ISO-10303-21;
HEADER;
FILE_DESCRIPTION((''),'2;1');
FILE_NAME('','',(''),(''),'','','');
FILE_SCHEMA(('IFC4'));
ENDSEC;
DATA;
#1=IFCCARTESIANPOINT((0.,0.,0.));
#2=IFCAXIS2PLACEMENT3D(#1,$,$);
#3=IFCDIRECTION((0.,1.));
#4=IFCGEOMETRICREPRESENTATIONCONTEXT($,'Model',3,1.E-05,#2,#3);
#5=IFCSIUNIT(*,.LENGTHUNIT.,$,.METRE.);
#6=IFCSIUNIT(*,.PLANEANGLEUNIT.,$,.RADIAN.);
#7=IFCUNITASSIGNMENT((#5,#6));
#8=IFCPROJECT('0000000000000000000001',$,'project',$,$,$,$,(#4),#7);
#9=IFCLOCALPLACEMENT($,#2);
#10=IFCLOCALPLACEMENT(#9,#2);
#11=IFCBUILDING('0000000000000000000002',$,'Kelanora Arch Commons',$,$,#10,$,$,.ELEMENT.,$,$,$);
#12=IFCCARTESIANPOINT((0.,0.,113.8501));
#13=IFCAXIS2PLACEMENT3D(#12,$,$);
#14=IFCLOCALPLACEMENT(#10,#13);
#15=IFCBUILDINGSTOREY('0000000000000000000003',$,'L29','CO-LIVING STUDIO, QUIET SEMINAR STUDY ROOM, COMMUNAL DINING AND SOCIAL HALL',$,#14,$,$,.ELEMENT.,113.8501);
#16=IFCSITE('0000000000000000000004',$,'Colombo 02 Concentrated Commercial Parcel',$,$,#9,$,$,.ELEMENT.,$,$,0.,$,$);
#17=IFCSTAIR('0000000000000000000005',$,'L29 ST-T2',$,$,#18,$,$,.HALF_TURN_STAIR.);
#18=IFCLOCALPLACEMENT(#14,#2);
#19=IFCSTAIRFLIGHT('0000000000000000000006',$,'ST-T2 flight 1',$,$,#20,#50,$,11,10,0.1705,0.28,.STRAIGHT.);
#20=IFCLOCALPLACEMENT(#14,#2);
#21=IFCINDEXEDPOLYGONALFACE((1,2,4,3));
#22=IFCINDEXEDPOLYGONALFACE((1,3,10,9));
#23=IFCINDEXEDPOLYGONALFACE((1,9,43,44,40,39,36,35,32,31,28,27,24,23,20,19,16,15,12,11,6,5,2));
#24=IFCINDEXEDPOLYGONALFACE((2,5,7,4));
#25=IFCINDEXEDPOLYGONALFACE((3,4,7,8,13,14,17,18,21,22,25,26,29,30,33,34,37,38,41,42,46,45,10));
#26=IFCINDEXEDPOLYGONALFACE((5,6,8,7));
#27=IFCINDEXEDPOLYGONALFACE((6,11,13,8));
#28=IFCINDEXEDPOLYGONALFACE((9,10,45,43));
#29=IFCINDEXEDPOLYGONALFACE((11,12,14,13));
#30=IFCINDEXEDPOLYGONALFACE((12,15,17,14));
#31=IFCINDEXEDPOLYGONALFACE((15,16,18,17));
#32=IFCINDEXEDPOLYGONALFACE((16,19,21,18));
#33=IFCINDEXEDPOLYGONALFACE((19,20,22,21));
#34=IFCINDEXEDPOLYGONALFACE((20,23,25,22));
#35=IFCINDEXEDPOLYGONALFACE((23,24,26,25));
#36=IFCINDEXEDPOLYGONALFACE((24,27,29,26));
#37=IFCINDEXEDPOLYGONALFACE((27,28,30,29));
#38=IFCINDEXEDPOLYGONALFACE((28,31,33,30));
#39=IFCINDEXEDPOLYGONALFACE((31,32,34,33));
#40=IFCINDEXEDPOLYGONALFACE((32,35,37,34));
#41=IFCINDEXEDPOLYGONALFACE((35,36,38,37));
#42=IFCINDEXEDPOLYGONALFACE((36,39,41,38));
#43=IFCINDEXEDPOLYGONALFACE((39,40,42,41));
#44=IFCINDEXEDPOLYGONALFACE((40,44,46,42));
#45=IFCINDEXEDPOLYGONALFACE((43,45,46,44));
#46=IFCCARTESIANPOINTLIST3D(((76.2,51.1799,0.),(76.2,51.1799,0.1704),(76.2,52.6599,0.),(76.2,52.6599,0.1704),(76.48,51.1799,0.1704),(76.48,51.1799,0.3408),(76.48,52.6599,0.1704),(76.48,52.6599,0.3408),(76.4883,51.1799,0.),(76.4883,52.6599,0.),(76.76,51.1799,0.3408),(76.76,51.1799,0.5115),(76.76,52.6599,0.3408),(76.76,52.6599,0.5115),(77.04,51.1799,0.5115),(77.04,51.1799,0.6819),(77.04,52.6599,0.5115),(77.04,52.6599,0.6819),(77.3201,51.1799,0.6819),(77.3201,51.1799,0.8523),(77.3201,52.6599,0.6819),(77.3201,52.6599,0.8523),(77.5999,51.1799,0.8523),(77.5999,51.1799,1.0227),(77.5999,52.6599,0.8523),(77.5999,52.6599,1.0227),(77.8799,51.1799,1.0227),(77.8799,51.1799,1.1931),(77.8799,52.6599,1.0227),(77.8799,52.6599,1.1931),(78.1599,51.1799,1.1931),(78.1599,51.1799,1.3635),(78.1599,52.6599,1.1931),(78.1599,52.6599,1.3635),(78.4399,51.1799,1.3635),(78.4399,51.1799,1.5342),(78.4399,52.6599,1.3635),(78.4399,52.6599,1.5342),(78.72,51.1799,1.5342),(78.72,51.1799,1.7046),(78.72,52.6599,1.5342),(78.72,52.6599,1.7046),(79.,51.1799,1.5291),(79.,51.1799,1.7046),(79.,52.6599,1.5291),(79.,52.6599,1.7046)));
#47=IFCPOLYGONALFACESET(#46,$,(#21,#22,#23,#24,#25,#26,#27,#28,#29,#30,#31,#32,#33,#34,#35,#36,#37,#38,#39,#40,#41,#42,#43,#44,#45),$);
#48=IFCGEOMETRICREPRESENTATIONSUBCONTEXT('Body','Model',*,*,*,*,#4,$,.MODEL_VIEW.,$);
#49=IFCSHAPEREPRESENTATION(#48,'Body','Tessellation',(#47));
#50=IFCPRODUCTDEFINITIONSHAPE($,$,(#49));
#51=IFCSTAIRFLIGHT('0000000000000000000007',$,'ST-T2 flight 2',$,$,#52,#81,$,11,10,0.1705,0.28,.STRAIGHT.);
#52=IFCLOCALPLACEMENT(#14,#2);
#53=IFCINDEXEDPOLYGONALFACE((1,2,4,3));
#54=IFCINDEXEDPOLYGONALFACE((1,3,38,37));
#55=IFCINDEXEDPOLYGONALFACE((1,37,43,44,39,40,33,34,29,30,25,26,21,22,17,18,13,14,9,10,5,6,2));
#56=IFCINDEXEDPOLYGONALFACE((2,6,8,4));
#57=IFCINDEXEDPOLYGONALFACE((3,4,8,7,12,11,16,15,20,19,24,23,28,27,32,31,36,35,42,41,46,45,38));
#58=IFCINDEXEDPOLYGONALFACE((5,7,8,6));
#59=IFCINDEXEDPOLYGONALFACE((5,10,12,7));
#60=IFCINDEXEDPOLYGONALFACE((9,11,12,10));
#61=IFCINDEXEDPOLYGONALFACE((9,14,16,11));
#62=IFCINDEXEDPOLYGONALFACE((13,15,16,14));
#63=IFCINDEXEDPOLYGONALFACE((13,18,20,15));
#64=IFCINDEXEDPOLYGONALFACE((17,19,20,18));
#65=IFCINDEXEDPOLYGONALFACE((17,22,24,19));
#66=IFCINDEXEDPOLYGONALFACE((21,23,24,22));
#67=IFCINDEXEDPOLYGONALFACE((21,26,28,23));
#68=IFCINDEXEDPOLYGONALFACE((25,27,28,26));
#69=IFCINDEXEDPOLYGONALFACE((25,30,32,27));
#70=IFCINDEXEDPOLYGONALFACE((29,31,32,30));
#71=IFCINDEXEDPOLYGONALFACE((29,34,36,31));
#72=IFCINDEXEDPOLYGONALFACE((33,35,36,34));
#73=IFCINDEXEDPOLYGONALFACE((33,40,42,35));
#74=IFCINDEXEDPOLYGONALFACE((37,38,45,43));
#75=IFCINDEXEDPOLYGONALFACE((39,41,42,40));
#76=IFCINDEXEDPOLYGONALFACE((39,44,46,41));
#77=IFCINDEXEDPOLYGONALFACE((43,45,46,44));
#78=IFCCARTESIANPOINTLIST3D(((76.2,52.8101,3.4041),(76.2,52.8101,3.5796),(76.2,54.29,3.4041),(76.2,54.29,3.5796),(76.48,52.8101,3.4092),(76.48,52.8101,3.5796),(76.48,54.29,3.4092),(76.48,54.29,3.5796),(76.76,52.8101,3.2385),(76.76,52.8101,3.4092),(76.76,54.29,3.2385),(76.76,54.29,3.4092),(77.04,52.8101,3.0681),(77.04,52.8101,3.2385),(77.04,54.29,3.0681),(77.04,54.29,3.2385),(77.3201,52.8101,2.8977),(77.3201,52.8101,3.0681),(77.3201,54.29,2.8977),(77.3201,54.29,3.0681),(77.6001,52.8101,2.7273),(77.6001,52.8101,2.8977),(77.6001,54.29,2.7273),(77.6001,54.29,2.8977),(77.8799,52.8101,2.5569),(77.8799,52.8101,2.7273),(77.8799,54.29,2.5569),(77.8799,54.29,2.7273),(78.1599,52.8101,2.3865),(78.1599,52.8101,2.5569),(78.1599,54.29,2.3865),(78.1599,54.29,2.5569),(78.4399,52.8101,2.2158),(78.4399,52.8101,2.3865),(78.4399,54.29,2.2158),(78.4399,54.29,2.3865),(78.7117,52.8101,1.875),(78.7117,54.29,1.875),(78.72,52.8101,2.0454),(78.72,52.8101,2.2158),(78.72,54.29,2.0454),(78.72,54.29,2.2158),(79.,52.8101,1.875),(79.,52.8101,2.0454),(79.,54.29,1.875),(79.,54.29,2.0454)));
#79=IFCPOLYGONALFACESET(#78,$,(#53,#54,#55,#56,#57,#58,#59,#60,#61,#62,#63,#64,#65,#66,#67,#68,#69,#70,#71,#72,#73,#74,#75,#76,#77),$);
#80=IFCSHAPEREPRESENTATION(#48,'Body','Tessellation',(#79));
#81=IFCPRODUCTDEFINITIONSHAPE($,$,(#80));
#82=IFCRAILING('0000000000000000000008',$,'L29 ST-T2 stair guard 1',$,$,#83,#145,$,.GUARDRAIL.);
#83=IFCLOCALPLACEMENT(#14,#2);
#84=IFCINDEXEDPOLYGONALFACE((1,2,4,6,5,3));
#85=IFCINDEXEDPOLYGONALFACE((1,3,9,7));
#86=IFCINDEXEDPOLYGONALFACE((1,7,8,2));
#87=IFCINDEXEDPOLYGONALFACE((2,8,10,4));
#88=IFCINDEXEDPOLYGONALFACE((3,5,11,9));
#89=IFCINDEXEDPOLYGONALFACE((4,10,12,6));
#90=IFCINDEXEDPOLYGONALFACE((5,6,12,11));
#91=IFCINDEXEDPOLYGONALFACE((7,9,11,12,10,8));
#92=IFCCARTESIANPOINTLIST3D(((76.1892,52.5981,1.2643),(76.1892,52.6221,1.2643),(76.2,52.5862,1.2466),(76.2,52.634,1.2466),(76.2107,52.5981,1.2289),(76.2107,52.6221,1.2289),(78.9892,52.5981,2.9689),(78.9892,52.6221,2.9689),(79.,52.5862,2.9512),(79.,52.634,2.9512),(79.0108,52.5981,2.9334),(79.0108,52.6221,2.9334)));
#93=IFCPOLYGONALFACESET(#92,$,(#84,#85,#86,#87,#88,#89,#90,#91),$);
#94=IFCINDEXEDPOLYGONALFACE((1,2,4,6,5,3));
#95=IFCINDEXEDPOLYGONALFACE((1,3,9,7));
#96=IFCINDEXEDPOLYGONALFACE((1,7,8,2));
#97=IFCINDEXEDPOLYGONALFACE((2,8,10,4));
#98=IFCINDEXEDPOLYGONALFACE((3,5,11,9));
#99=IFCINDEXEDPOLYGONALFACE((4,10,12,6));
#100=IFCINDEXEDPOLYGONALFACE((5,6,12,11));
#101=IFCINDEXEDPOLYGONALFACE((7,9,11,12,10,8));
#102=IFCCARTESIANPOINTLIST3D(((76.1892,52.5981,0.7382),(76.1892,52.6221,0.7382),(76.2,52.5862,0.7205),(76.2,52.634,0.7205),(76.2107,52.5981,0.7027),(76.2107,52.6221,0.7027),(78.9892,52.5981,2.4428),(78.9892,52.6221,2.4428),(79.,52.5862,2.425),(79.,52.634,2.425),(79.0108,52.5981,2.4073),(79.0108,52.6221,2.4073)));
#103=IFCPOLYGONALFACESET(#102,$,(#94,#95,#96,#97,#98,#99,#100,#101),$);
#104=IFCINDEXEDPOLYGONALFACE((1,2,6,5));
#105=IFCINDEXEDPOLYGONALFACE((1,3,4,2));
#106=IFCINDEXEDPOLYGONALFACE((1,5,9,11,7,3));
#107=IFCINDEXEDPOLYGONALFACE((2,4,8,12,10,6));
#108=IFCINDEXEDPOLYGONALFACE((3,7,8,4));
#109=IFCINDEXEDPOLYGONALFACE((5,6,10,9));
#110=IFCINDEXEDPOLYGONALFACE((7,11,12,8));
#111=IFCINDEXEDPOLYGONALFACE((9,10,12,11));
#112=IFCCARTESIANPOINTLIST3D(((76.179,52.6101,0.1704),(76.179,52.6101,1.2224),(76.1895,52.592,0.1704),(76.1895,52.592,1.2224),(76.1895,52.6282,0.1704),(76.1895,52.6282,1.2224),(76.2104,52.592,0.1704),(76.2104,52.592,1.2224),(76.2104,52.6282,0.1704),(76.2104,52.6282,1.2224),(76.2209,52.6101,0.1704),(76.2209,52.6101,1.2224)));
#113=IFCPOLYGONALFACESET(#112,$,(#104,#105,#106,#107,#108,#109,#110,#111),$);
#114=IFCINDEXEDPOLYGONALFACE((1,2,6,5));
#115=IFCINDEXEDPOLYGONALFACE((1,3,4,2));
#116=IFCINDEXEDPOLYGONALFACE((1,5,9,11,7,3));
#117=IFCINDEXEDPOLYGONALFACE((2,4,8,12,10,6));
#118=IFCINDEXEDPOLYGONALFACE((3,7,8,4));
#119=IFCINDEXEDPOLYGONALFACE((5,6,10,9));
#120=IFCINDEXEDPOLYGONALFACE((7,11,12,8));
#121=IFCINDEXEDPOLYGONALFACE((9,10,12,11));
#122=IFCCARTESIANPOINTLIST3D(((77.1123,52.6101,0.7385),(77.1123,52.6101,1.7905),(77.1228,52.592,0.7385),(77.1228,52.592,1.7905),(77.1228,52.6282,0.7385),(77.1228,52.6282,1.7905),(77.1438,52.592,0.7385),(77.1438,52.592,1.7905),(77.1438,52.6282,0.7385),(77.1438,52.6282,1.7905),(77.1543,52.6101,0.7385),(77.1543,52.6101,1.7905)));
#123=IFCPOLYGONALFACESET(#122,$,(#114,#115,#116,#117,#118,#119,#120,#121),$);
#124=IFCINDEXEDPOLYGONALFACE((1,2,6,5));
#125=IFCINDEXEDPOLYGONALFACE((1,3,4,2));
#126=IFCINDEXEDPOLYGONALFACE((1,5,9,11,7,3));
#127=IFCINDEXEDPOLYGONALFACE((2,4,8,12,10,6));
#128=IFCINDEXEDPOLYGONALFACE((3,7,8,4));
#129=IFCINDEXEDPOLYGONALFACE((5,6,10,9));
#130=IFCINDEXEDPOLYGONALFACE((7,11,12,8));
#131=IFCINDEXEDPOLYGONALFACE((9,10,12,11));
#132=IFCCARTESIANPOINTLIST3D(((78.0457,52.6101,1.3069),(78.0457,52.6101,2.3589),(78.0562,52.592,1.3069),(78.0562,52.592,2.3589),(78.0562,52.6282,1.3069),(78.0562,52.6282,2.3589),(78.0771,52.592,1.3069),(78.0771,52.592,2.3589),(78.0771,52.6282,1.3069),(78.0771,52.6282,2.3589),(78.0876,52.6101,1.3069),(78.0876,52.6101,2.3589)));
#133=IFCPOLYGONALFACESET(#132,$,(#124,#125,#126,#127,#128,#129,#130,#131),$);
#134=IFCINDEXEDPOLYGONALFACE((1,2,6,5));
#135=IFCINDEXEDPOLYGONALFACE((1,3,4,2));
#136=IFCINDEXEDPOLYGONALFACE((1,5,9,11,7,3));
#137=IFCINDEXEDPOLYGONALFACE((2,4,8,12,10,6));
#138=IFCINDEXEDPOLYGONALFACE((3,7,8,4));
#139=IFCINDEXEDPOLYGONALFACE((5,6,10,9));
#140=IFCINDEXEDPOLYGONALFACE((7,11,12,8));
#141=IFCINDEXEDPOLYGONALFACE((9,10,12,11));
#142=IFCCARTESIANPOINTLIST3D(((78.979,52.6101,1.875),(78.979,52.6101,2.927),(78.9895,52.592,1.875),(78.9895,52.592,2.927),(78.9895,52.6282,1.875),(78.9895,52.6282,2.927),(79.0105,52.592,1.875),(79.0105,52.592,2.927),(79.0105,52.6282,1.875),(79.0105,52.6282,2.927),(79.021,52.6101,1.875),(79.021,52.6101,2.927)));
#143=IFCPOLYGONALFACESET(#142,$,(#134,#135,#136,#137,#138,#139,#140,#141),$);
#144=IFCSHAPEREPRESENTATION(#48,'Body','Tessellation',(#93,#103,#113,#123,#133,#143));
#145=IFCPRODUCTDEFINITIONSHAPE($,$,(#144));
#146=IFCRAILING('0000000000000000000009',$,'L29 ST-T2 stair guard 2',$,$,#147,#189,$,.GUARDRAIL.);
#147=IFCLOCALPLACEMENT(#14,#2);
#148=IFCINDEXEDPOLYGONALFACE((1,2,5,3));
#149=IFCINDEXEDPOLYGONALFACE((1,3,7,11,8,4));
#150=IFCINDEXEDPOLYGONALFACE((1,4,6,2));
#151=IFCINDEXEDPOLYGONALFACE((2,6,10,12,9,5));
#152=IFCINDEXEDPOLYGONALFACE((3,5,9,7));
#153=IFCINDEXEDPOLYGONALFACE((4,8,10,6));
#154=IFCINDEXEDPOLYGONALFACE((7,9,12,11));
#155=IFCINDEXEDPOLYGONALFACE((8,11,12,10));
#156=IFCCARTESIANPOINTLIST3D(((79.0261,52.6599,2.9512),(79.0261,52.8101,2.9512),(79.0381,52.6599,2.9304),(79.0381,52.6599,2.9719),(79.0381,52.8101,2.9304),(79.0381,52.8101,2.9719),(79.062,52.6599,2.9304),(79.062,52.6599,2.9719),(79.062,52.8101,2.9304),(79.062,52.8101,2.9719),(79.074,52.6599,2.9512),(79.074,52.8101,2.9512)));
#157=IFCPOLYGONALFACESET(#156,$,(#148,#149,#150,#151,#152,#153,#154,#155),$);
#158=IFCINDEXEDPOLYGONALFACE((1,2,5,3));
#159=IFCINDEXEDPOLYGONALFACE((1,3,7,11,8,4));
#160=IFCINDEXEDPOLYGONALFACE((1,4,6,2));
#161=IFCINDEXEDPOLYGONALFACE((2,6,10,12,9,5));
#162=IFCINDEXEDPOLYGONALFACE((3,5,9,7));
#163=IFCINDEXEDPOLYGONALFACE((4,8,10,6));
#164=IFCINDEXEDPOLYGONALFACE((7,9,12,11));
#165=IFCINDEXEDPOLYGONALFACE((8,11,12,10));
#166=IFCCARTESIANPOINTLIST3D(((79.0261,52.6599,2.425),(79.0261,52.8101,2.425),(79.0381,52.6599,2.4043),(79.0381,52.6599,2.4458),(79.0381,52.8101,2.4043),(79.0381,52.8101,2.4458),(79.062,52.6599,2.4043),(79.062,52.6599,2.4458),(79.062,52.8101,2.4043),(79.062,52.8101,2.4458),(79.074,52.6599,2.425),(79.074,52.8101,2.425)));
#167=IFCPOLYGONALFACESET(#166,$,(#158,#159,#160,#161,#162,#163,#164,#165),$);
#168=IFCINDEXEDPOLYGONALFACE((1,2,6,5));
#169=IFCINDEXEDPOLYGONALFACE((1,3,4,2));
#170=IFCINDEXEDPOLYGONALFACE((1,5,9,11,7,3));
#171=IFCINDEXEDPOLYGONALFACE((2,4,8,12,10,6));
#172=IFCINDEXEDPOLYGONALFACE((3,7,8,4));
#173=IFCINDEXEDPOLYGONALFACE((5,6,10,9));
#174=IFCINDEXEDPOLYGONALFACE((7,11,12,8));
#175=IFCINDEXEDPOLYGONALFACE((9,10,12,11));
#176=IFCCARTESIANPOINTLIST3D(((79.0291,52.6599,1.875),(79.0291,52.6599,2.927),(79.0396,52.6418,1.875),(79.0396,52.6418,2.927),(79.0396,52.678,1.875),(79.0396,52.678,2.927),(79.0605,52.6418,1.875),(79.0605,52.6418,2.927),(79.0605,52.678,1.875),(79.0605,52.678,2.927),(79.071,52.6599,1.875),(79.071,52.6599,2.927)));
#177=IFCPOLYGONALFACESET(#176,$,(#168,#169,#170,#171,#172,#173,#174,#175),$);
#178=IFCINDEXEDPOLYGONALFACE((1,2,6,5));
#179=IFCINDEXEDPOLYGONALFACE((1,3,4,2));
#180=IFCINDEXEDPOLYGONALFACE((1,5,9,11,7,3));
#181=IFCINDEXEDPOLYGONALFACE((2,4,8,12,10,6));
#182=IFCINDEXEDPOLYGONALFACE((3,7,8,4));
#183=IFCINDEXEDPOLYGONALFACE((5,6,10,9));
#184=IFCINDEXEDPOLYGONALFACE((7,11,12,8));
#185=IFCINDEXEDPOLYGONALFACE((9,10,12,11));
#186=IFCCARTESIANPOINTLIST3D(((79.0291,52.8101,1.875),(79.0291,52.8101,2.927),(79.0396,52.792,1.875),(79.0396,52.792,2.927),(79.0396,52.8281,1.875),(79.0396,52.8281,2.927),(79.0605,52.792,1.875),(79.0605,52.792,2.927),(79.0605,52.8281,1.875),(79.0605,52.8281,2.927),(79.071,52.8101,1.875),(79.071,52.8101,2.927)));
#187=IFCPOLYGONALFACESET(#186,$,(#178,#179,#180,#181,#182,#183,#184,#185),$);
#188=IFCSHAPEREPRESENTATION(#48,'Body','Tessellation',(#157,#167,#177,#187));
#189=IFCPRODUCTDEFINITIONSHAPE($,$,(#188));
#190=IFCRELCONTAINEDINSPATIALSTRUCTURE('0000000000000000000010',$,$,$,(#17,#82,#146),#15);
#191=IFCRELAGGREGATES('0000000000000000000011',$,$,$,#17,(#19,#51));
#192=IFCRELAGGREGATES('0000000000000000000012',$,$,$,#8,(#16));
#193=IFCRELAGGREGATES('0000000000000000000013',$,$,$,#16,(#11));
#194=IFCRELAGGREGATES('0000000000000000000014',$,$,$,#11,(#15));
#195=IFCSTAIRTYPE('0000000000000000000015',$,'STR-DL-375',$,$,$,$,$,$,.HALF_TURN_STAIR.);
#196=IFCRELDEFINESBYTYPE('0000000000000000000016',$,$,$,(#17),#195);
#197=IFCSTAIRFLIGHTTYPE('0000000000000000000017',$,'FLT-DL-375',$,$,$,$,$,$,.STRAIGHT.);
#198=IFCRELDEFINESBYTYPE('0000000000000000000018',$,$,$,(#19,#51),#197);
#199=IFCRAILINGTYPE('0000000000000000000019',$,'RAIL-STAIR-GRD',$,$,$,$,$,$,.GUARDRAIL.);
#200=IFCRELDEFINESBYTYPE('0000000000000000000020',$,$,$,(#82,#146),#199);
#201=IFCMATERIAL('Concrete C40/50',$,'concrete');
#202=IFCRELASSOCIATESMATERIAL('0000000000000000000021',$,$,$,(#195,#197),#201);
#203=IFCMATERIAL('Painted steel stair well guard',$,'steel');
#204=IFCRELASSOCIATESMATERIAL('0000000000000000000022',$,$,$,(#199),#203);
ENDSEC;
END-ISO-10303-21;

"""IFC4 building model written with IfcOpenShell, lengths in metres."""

from ifc_helpers import new_model, si_unit, direction, frame, origin, place, context, subcontext, project, spatial, polyline, outline, extrude, material, type_object, element, aggregate, save


model = new_model("IFC4")

# Units and contexts
model_context = context("Model", 3, precision=1e-05, world=origin(), true_north=direction((0.0, 1.0)))
body_context = subcontext(model_context, "Body", "Model", "MODEL_VIEW")
ifc_project = project(units=[si_unit("LENGTHUNIT", "METRE"), si_unit("PLANEANGLEUNIT", "RADIAN")], contexts=[model_context])

# Site, building, storey
site_placement = place(None, origin())
site = spatial("IfcSite", under=ifc_project, at=site_placement, Name="Colombo 02 Concentrated Commercial Parcel", CompositionType="ELEMENT", RefElevation=0.0)
building_placement = place(site_placement, origin())
building = spatial("IfcBuilding", under=site, at=building_placement, Name="Kelanora Arch Commons", CompositionType="ELEMENT")
storey_placement = place(building_placement, frame((0.0, 0.0, 113.8501)))
storey = spatial("IfcBuildingStorey", under=building, at=storey_placement, Name="L29", Description="CO-LIVING STUDIO, QUIET SEMINAR STUDY ROOM, COMMUNAL DINING AND SOCIAL HALL", CompositionType="ELEMENT", Elevation=113.8501)

# Shared definitions
ifc_material_1 = material(Name="Concrete C40/50", Category="concrete")

# Stair, stair flights
stair_type = type_object("IfcStairType", Name="STR-DL-375", PredefinedType="HALF_TURN_STAIR", material=ifc_material_1)
stair_placement = place(storey_placement, origin())
stair = element("IfcStair", 1, at=stair_placement, inside=storey, type_object=stair_type, Name="L29 ST-T2", PredefinedType="HALF_TURN_STAIR")
stair_flight_type = type_object("IfcStairFlightType", Name="FLT-DL-375", PredefinedType="STRAIGHT", material=ifc_material_1)
stair_flight_1_placement = place(storey_placement, frame((76.2, 51.9199, 0.0), z_axis=(0.0, 0.0, 1.0), x_axis=(1.0, 0.0, 0.0)))
stair_flight_1 = element("IfcStairFlight", 2, at=stair_flight_1_placement, type_object=stair_flight_type, Name="ST-T2 flight 1", NumberOfRisers=11, NumberOfTreads=10, PredefinedType="STRAIGHT", RiserHeight=0.1705, TreadLength=0.28, context=body_context, shape_type="SweptSolid", body=[
    extrude(outline(polyline([(0.0, 0.0), (0.0, 0.1704), (0.28, 0.1704), (0.28, 0.3408), (0.5601, 0.3408), (0.5601, 0.5115), (0.8401, 0.5115), (0.8401, 0.6819), (1.1201, 0.6819), (1.1201, 0.8523), (1.3999, 0.8523), (1.3999, 1.0227), (1.6799, 1.0227), (1.6799, 1.1931), (1.96, 1.1931), (1.96, 1.3635), (2.24, 1.3635), (2.24, 1.5342), (2.52, 1.5342), (2.52, 1.7046), (2.8, 1.7046), (2.8, 1.875), (2.8, 1.5291), (0.2883, 0.0), (0.0, 0.0)])), frame((0.0, 0.74, 0.0), z_axis=(0.0, -1.0, 0.0), x_axis=(1.0, 0.0, 0.0)), (0.0, 0.0, 1.0), 1.48),
])
stair_flight_2_placement = place(storey_placement, frame((79.0, 53.55, 1.875), z_axis=(0.0, 0.0, 1.0), x_axis=(-1.0, 0.0, 0.0)))
stair_flight_2 = element("IfcStairFlight", 3, at=stair_flight_2_placement, type_object=stair_flight_type, Name="ST-T2 flight 2", NumberOfRisers=11, NumberOfTreads=10, PredefinedType="STRAIGHT", RiserHeight=0.1705, TreadLength=0.28, context=body_context, shape_type="SweptSolid", body=[
    extrude(outline(polyline([(0.0, 0.0), (0.0, 0.1704), (0.28, 0.1704), (0.28, 0.3408), (0.5601, 0.3408), (0.5601, 0.5115), (0.8401, 0.5115), (0.8401, 0.6819), (1.1201, 0.6819), (1.1201, 0.8523), (1.3999, 0.8523), (1.3999, 1.0227), (1.6799, 1.0227), (1.6799, 1.1931), (1.96, 1.1931), (1.96, 1.3635), (2.24, 1.3635), (2.24, 1.5342), (2.52, 1.5342), (2.52, 1.7046), (2.8, 1.7046), (2.8, 1.875), (2.8, 1.5291), (0.2883, 0.0), (0.0, 0.0)])), frame((0.0, 0.74, 0.0), z_axis=(0.0, -1.0, 0.0), x_axis=(1.0, 0.0, 0.0)), (0.0, 0.0, 1.0), 1.48),
])
aggregate(stair, [stair_flight_1, stair_flight_2])

# Railings
ifc_material_2 = material(Name="Painted steel stair well guard", Category="steel")
railing_type_1 = type_object("IfcRailingType", Name="RAIL-STAIR-GRD", PredefinedType="GUARDRAIL", material=ifc_material_2)
railing_1_placement = place(storey_placement, frame((76.2, 52.6101, 0.1704)))
element("IfcRailing", 4, at=railing_1_placement, inside=storey, type_object=railing_type_1, Name="L29 ST-T2 stair guard 1", PredefinedType="GUARDRAIL", context=body_context, shape_type="SweptSolid", body=[
    extrude(outline(polyline([(0.0239, 0.0), (0.012, 0.0208), (-0.012, 0.0208), (-0.0239, 0.0), (-0.012, -0.0208), (0.012, -0.0208), (0.0239, 0.0)])), frame((0.0, 0.0, 1.0762), z_axis=(0.85417, 0.0, 0.519994), x_axis=(0.0, 1.0, 0.0)), (0.0, 0.0, 1.0), 3.2781),
    extrude(outline(polyline([(0.0239, 0.0), (0.012, 0.0208), (-0.012, 0.0208), (-0.0239, 0.0), (-0.012, -0.0208), (0.012, -0.0208), (0.0239, 0.0)])), frame((0.0, 0.0, 0.55), z_axis=(0.85417, 0.0, 0.519994), x_axis=(0.0, 1.0, 0.0)), (0.0, 0.0, 1.0), 3.2781),
    extrude(outline(polyline([(0.021, 0.0), (0.0105, 0.0181), (-0.0105, 0.0181), (-0.021, 0.0), (-0.0105, -0.0181), (0.0105, -0.0181), (0.021, 0.0)])), origin(), (0.0, 0.0, 1.0), 1.052),
    extrude(outline(polyline([(0.021, 0.0), (0.0105, 0.0181), (-0.0105, 0.0181), (-0.021, 0.0), (-0.0105, -0.0181), (0.0105, -0.0181), (0.021, 0.0)])), frame((0.9333, 0.0, 0.5681)), (0.0, 0.0, 1.0), 1.052),
    extrude(outline(polyline([(0.021, 0.0), (0.0105, 0.0181), (-0.0105, 0.0181), (-0.021, 0.0), (-0.0105, -0.0181), (0.0105, -0.0181), (0.021, 0.0)])), frame((1.8667, 0.0, 1.1365)), (0.0, 0.0, 1.0), 1.052),
    extrude(outline(polyline([(0.021, 0.0), (0.0105, 0.0181), (-0.0105, 0.0181), (-0.021, 0.0), (-0.0105, -0.0181), (0.0105, -0.0181), (0.021, 0.0)])), frame((2.8, 0.0, 1.7046)), (0.0, 0.0, 1.0), 1.052),
])
railing_2_placement = place(storey_placement, frame((79.05, 52.6599, 1.875)))
element("IfcRailing", 5, at=railing_2_placement, inside=storey, type_object=railing_type_1, Name="L29 ST-T2 stair guard 2", PredefinedType="GUARDRAIL", context=body_context, shape_type="SweptSolid", body=[
    extrude(outline(polyline([(0.0239, 0.0), (0.012, 0.0208), (-0.012, 0.0208), (-0.0239, 0.0), (-0.012, -0.0208), (0.012, -0.0208), (0.0239, 0.0)])), frame((0.0, 0.0, 1.0762), z_axis=(0.0, 1.0, 0.0), x_axis=(-1.0, 0.0, 0.0)), (0.0, 0.0, 1.0), 0.1501),
    extrude(outline(polyline([(0.0239, 0.0), (0.012, 0.0208), (-0.012, 0.0208), (-0.0239, 0.0), (-0.012, -0.0208), (0.012, -0.0208), (0.0239, 0.0)])), frame((0.0, 0.0, 0.55), z_axis=(0.0, 1.0, 0.0), x_axis=(-1.0, 0.0, 0.0)), (0.0, 0.0, 1.0), 0.1501),
    extrude(outline(polyline([(0.021, 0.0), (0.0105, 0.0181), (-0.0105, 0.0181), (-0.021, 0.0), (-0.0105, -0.0181), (0.0105, -0.0181), (0.021, 0.0)])), origin(), (0.0, 0.0, 1.0), 1.052),
    extrude(outline(polyline([(0.021, 0.0), (0.0105, 0.0181), (-0.0105, 0.0181), (-0.021, 0.0), (-0.0105, -0.0181), (0.0105, -0.0181), (0.021, 0.0)])), frame((0.0, 0.1501, 0.0)), (0.0, 0.0, 1.0), 1.052),
])

save(model, "model.ifc")
